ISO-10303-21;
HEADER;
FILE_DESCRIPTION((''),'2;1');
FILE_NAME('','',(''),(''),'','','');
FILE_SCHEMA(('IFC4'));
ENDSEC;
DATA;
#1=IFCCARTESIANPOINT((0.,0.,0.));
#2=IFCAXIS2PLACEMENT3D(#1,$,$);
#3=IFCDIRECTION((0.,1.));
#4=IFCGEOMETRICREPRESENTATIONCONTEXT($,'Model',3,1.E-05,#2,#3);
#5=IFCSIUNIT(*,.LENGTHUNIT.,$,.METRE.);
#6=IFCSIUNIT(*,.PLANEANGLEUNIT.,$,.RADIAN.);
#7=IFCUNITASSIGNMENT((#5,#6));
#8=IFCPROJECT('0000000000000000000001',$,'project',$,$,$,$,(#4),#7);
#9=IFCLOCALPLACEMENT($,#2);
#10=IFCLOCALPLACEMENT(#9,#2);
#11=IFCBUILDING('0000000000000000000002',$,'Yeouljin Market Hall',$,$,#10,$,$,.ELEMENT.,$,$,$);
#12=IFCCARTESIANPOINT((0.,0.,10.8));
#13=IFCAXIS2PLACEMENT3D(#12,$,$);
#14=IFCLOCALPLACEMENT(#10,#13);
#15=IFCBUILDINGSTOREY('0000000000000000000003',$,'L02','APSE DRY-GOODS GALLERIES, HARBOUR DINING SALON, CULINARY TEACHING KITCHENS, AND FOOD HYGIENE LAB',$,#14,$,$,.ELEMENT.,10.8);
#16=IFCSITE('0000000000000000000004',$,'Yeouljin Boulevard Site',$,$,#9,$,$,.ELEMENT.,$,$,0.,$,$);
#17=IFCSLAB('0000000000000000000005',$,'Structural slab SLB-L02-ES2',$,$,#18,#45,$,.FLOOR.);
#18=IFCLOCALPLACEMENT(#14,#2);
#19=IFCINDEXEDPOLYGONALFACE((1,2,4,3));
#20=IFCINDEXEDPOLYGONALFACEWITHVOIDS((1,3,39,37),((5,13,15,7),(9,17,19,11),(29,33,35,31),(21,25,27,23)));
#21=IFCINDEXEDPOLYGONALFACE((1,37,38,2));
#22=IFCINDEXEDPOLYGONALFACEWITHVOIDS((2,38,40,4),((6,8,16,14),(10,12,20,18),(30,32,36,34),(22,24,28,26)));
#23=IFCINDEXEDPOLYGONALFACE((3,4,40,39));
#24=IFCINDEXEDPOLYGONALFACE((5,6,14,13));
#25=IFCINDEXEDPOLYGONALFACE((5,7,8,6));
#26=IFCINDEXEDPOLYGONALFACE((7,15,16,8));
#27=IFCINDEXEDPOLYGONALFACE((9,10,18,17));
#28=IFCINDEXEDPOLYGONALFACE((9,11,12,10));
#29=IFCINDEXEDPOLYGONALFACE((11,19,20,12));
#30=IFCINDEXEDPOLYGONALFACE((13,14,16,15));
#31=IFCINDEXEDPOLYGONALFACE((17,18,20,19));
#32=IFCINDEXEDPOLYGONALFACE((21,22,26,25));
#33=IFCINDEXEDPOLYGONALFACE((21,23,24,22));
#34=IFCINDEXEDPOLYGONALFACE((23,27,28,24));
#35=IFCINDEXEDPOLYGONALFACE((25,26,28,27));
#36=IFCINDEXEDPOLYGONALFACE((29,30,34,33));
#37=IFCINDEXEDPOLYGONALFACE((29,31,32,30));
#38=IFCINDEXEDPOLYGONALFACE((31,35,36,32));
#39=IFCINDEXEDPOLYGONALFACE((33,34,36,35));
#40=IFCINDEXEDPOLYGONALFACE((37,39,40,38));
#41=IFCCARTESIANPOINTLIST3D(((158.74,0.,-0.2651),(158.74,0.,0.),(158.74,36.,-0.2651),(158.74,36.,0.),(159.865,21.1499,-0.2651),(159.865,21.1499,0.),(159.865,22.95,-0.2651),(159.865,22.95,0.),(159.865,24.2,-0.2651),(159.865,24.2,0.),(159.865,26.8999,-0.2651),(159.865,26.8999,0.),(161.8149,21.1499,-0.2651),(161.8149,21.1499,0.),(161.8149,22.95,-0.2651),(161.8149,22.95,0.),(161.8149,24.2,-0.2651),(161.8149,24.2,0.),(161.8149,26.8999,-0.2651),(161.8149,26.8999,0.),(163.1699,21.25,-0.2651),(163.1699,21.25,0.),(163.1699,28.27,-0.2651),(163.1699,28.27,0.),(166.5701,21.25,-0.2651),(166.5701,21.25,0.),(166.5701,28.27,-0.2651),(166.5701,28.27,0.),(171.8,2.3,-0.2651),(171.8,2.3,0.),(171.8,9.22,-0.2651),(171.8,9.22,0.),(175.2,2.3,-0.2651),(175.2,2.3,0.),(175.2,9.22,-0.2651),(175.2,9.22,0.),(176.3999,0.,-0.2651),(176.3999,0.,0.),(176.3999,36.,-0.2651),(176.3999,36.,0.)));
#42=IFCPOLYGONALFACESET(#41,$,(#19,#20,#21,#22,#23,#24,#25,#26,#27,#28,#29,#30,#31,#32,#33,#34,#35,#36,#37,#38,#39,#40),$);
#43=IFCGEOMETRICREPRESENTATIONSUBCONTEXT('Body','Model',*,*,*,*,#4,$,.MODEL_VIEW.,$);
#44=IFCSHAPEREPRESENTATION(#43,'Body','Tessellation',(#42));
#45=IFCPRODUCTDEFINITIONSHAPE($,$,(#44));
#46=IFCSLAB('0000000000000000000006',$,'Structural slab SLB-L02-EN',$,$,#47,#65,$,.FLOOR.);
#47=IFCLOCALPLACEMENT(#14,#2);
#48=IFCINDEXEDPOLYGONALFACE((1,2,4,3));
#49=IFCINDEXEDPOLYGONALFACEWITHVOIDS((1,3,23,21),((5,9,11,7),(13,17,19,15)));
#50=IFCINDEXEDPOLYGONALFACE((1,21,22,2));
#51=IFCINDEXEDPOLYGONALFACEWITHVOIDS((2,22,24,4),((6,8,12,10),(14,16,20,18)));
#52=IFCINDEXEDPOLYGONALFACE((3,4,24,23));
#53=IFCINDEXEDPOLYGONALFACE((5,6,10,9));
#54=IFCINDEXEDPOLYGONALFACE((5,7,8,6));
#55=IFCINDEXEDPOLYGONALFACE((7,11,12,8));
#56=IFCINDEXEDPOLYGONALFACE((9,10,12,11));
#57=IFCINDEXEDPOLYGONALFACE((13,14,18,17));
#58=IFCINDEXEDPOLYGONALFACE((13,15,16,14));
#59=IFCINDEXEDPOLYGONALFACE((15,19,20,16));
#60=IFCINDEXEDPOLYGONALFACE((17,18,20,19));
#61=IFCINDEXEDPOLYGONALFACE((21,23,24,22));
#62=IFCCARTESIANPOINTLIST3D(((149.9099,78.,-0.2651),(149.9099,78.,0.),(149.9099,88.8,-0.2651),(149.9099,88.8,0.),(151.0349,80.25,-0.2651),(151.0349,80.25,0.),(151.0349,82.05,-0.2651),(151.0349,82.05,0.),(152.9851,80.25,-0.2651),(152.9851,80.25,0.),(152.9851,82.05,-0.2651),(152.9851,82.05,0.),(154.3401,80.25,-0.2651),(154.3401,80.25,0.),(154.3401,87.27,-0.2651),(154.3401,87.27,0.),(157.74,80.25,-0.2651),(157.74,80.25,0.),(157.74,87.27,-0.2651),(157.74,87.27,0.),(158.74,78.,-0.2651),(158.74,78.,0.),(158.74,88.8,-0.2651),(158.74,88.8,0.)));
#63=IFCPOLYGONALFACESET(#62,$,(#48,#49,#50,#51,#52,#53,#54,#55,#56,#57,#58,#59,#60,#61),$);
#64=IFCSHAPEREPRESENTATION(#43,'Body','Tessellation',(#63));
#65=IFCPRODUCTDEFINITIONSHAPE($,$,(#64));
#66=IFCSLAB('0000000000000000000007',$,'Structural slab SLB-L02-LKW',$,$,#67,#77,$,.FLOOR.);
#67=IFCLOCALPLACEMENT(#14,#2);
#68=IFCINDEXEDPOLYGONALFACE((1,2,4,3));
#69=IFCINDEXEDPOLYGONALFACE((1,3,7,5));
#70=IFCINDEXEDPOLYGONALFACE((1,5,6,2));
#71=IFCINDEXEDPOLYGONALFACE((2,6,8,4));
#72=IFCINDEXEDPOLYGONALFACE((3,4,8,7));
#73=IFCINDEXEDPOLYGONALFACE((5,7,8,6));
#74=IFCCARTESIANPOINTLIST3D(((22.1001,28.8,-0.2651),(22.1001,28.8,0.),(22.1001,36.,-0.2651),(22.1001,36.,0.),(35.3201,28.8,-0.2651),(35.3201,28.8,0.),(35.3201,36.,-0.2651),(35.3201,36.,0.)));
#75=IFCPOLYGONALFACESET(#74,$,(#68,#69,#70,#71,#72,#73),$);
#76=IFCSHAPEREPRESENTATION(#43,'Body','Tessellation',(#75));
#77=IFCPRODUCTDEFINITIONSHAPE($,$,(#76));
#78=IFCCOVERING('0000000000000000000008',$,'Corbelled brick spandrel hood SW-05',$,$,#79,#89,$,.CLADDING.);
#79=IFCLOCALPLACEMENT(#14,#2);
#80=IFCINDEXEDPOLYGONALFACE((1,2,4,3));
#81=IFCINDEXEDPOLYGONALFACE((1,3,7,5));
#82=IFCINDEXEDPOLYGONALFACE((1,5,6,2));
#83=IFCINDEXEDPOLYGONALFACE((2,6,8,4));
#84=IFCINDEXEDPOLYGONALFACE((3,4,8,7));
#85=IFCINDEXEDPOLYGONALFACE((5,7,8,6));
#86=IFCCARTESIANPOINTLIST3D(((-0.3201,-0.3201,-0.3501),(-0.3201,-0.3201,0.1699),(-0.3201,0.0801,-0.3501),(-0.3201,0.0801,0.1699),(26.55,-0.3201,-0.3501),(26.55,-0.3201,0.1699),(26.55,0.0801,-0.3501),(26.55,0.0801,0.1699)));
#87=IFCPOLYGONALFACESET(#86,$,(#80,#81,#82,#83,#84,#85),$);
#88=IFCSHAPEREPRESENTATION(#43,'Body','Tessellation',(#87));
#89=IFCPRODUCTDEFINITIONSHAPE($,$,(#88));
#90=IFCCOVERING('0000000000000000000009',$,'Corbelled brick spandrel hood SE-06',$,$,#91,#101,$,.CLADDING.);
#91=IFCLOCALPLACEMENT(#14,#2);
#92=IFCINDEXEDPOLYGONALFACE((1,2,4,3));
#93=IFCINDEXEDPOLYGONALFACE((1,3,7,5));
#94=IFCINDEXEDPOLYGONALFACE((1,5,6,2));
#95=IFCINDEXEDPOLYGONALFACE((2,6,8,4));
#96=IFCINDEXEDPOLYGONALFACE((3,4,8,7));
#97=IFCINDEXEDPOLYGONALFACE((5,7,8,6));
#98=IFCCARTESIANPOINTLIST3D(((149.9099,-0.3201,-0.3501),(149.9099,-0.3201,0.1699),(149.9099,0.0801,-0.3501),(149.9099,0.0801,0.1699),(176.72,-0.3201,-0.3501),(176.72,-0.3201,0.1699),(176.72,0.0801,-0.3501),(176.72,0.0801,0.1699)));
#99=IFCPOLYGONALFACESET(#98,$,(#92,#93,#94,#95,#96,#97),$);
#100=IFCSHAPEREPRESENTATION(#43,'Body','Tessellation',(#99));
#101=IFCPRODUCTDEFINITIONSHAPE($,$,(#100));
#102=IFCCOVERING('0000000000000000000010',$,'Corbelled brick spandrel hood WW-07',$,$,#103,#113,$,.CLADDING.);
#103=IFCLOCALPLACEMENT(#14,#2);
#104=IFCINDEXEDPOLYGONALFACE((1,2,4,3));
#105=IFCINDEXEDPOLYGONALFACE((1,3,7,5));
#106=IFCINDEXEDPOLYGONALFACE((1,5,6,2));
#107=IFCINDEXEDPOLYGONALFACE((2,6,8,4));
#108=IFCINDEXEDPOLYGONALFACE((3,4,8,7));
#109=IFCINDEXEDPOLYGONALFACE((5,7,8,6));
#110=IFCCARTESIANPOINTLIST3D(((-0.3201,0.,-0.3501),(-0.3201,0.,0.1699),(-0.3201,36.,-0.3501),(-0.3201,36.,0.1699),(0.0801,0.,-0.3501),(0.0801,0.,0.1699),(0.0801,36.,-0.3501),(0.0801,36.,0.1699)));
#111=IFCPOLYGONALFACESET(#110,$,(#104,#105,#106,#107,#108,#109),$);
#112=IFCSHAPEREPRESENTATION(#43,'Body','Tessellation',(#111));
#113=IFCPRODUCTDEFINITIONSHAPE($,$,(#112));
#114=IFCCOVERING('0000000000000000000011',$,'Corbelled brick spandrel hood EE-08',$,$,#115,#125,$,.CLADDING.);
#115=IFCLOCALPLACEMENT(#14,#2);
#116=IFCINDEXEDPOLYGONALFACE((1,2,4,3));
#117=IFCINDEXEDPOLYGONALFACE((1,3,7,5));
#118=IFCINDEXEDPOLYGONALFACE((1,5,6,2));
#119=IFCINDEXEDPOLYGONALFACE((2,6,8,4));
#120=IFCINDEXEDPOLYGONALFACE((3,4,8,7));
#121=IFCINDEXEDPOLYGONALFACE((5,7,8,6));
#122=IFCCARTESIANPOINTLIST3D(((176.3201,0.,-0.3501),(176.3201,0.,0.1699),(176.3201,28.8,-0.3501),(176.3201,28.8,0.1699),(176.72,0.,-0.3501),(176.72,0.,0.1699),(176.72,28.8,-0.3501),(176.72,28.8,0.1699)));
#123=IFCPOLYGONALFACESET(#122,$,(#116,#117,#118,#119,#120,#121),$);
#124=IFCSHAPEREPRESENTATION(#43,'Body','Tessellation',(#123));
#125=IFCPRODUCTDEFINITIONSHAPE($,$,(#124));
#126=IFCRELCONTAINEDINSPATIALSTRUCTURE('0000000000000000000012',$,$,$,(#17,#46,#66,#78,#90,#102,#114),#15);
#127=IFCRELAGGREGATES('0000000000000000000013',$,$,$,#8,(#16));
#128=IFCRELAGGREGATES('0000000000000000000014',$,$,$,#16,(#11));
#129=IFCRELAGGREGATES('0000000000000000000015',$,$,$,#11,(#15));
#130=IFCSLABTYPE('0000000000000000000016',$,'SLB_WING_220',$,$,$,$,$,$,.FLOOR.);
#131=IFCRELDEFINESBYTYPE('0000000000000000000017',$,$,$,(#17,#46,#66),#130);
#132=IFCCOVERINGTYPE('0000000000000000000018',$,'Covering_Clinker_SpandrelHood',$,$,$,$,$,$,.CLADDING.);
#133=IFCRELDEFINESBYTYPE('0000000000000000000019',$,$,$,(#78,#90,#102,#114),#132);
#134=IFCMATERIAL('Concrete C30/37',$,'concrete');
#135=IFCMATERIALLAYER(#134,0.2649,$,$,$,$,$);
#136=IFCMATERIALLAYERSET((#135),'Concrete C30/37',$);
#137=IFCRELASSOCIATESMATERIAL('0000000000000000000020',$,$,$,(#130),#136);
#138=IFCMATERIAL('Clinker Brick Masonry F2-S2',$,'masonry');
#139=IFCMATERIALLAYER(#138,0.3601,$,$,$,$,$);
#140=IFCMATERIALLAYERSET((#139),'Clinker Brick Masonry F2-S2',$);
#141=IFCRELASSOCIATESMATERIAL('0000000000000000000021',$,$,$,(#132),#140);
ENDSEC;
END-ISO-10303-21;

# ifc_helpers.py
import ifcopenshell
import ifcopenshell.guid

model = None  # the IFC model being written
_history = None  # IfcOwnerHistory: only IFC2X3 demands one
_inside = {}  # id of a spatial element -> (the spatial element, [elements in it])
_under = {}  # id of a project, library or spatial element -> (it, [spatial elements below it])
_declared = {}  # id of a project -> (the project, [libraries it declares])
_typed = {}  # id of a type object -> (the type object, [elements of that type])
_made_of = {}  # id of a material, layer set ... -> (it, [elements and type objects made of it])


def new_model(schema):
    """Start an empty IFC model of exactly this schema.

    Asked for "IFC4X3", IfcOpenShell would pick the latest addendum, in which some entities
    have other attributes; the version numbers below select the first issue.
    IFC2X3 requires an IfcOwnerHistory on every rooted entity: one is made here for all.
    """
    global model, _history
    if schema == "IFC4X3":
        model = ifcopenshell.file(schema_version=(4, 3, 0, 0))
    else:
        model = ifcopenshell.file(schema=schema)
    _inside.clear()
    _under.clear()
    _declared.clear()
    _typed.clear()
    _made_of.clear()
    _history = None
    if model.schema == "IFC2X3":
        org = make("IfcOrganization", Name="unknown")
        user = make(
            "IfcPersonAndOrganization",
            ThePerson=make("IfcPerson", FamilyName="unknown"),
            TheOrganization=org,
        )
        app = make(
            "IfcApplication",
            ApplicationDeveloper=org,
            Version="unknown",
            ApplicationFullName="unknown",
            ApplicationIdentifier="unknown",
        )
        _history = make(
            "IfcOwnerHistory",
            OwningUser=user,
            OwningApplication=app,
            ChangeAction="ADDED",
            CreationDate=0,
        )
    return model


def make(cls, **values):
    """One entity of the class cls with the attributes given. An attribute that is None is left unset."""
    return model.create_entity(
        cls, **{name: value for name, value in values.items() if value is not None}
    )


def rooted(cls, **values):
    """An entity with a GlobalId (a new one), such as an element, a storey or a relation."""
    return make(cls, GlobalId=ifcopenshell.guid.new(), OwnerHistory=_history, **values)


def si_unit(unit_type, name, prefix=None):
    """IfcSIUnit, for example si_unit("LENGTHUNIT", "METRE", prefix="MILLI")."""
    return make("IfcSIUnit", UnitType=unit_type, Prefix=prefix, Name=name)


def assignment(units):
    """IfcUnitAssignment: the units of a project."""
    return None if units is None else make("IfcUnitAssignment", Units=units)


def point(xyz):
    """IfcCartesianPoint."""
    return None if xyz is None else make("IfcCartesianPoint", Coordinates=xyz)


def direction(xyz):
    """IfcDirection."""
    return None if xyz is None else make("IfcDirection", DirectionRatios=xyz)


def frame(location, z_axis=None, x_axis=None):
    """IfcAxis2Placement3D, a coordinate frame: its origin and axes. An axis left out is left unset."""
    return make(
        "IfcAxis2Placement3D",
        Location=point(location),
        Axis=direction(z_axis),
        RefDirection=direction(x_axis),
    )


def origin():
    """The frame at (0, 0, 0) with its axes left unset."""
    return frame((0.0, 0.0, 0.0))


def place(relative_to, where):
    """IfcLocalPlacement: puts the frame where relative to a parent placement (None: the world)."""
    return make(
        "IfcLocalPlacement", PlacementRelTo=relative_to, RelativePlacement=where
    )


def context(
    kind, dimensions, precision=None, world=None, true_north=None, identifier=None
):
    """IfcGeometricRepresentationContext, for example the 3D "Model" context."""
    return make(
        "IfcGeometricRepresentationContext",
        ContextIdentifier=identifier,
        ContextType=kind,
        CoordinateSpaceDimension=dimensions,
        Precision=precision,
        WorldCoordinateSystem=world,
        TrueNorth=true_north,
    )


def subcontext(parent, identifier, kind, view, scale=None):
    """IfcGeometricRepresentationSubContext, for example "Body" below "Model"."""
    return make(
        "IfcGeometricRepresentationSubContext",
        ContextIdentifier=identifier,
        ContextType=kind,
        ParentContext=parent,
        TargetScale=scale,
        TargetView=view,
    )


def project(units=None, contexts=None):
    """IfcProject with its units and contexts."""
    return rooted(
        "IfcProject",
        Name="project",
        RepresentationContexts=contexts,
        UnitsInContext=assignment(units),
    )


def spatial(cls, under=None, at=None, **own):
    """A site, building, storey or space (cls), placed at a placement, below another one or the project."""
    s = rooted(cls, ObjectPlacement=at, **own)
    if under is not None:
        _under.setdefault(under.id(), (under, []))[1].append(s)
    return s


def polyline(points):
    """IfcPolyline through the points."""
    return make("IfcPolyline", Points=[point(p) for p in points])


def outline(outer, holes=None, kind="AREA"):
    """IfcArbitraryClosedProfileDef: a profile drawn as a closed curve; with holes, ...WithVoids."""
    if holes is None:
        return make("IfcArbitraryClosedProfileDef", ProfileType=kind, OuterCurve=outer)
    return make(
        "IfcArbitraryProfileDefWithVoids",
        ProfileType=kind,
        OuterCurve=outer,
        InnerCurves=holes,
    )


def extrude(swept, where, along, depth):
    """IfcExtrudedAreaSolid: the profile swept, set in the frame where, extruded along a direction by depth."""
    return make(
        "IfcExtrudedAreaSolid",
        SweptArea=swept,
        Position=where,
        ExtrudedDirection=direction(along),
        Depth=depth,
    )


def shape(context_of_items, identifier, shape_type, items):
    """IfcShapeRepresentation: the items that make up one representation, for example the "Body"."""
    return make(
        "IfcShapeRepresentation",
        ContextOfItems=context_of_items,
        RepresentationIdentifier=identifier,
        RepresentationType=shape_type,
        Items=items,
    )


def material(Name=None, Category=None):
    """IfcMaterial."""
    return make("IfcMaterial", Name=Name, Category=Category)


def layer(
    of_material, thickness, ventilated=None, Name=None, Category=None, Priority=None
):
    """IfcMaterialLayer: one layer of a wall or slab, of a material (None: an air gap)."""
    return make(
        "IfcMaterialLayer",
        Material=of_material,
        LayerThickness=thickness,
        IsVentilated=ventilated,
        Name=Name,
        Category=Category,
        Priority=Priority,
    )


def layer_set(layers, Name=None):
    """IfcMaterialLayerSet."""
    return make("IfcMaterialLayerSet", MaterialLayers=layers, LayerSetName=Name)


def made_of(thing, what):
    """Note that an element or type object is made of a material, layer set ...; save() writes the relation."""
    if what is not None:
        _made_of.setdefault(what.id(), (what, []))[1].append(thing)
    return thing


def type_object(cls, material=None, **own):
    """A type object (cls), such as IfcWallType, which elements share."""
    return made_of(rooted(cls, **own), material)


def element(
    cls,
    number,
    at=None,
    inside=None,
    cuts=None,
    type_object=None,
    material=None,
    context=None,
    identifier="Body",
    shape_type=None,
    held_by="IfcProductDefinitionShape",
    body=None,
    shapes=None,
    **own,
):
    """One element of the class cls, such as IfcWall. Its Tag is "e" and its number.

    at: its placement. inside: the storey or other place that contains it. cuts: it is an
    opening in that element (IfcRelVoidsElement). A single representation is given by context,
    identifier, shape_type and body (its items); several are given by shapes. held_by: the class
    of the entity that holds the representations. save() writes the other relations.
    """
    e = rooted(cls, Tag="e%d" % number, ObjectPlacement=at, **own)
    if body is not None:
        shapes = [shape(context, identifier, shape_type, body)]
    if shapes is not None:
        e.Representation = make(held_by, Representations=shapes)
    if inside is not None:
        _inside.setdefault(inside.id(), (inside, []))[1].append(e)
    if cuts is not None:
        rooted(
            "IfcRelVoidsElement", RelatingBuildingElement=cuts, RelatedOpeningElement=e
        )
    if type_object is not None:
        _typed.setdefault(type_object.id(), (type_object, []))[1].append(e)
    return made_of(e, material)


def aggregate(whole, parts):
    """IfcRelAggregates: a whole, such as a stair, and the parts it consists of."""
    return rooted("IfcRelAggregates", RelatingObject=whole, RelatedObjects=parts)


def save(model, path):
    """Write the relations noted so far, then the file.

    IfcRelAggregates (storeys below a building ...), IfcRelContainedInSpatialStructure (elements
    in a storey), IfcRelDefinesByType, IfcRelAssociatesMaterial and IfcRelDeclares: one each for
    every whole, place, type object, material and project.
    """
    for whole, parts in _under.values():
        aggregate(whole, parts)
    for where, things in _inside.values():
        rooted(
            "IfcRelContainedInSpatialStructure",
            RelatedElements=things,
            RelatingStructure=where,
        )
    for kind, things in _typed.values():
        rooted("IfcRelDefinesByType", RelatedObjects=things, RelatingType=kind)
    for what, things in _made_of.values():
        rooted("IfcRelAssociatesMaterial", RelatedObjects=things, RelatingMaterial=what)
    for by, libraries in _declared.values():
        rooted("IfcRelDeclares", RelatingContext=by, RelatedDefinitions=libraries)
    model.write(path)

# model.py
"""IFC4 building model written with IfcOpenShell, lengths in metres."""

from ifc_helpers import new_model, si_unit, direction, frame, origin, place, context, subcontext, project, spatial, polyline, outline, extrude, material, layer, layer_set, type_object, element, save


model = new_model("IFC4")

# Units and contexts
model_context = context("Model", 3, precision=1e-05, world=origin(), true_north=direction((0.0, 1.0)))
body_context = subcontext(model_context, "Body", "Model", "MODEL_VIEW")
ifc_project = project(units=[si_unit("LENGTHUNIT", "METRE"), si_unit("PLANEANGLEUNIT", "RADIAN")], contexts=[model_context])

# Site, building, storey
site_placement = place(None, origin())
site = spatial("IfcSite", under=ifc_project, at=site_placement, Name="Yeouljin Boulevard Site", CompositionType="ELEMENT", RefElevation=0.0)
building_placement = place(site_placement, origin())
building = spatial("IfcBuilding", under=site, at=building_placement, Name="Yeouljin Market Hall", CompositionType="ELEMENT")
storey_placement = place(building_placement, frame((0.0, 0.0, 10.8)))
storey = spatial("IfcBuildingStorey", under=building, at=storey_placement, Name="L02", Description="APSE DRY-GOODS GALLERIES, HARBOUR DINING SALON, CULINARY TEACHING KITCHENS, AND FOOD HYGIENE LAB", CompositionType="ELEMENT", Elevation=10.8)

# Slabs
ifc_material_1 = material(Name="Concrete C30/37", Category="concrete")
ifc_layer_1 = layer(ifc_material_1, 0.2649)
ifc_layer_set_1 = layer_set([ifc_layer_1], Name="Concrete C30/37")
slab_type_1 = type_object("IfcSlabType", Name="SLB_WING_220", PredefinedType="FLOOR", material=ifc_layer_set_1)
slab_1_placement = place(storey_placement, frame((0.0, 0.0, -0.2651)))
element("IfcSlab", 1, at=slab_1_placement, inside=storey, type_object=slab_type_1, Name="Structural slab SLB-L02-ES2", PredefinedType="FLOOR", context=body_context, shape_type="SweptSolid", body=[
    extrude(outline(polyline([(158.74, 0.0), (176.3999, 0.0), (176.3999, 36.0), (158.74, 36.0), (158.74, 0.0)]), holes=[polyline([(163.1699, 21.25), (166.5701, 21.25), (166.5701, 28.27), (163.1699, 28.27), (163.1699, 21.25)]), polyline([(171.8, 2.3), (175.2, 2.3), (175.2, 9.22), (171.8, 9.22), (171.8, 2.3)]), polyline([(159.865, 21.1499), (161.8149, 21.1499), (161.8149, 22.95), (159.865, 22.95), (159.865, 21.1499)]), polyline([(159.865, 24.2), (161.8149, 24.2), (161.8149, 26.8999), (159.865, 26.8999), (159.865, 24.2)])]), origin(), (0.0, 0.0, 1.0), 0.2651),
])
slab_2_placement = place(storey_placement, frame((0.0, 0.0, -0.2651)))
element("IfcSlab", 2, at=slab_2_placement, inside=storey, type_object=slab_type_1, Name="Structural slab SLB-L02-EN", PredefinedType="FLOOR", context=body_context, shape_type="SweptSolid", body=[
    extrude(outline(polyline([(149.9099, 78.0), (158.74, 78.0), (158.74, 88.8), (149.9099, 88.8), (149.9099, 78.0)]), holes=[polyline([(154.3401, 80.25), (157.74, 80.25), (157.74, 87.27), (154.3401, 87.27), (154.3401, 80.25)]), polyline([(151.0349, 80.25), (152.9851, 80.25), (152.9851, 82.05), (151.0349, 82.05), (151.0349, 80.25)])]), origin(), (0.0, 0.0, 1.0), 0.2651),
])
slab_3_placement = place(storey_placement, frame((0.0, 0.0, -0.2651)))
element("IfcSlab", 3, at=slab_3_placement, inside=storey, type_object=slab_type_1, Name="Structural slab SLB-L02-LKW", PredefinedType="FLOOR", context=body_context, shape_type="SweptSolid", body=[
    extrude(outline(polyline([(22.1001, 28.8), (35.3201, 28.8), (35.3201, 36.0), (22.1001, 36.0), (22.1001, 28.8)])), origin(), (0.0, 0.0, 1.0), 0.2651),
])

# Coverings
ifc_material_2 = material(Name="Clinker Brick Masonry F2-S2", Category="masonry")
ifc_layer_2 = layer(ifc_material_2, 0.3601)
ifc_layer_set_2 = layer_set([ifc_layer_2], Name="Clinker Brick Masonry F2-S2")
covering_type = type_object("IfcCoveringType", Name="Covering_Clinker_SpandrelHood", PredefinedType="CLADDING", material=ifc_layer_set_2)
covering_1_placement = place(storey_placement, frame((0.0, 0.0, -0.3501)))
element("IfcCovering", 4, at=covering_1_placement, inside=storey, type_object=covering_type, Name="Corbelled brick spandrel hood SW-05", PredefinedType="CLADDING", context=body_context, shape_type="SweptSolid", body=[
    extrude(outline(polyline([(-0.3201, -0.3201), (26.55, -0.3201), (26.55, 0.0801), (-0.3201, 0.0801), (-0.3201, -0.3201)])), origin(), (0.0, 0.0, 1.0), 0.52),
])
covering_2_placement = place(storey_placement, frame((0.0, 0.0, -0.3501)))
element("IfcCovering", 5, at=covering_2_placement, inside=storey, type_object=covering_type, Name="Corbelled brick spandrel hood SE-06", PredefinedType="CLADDING", context=body_context, shape_type="SweptSolid", body=[
    extrude(outline(polyline([(149.9099, -0.3201), (176.72, -0.3201), (176.72, 0.0801), (149.9099, 0.0801), (149.9099, -0.3201)])), origin(), (0.0, 0.0, 1.0), 0.52),
])
covering_3_placement = place(storey_placement, frame((0.0, 0.0, -0.3501)))
element("IfcCovering", 6, at=covering_3_placement, inside=storey, type_object=covering_type, Name="Corbelled brick spandrel hood WW-07", PredefinedType="CLADDING", context=body_context, shape_type="SweptSolid", body=[
    extrude(outline(polyline([(-0.3201, 0.0), (0.0801, 0.0), (0.0801, 36.0), (-0.3201, 36.0), (-0.3201, 0.0)])), origin(), (0.0, 0.0, 1.0), 0.52),
])
covering_4_placement = place(storey_placement, frame((0.0, 0.0, -0.3501)))
element("IfcCovering", 7, at=covering_4_placement, inside=storey, type_object=covering_type, Name="Corbelled brick spandrel hood EE-08", PredefinedType="CLADDING", context=body_context, shape_type="SweptSolid", body=[
    extrude(outline(polyline([(176.3201, 0.0), (176.72, 0.0), (176.72, 28.8), (176.3201, 28.8), (176.3201, 0.0)])), origin(), (0.0, 0.0, 1.0), 0.52),
])

save(model, "model.ifc")
